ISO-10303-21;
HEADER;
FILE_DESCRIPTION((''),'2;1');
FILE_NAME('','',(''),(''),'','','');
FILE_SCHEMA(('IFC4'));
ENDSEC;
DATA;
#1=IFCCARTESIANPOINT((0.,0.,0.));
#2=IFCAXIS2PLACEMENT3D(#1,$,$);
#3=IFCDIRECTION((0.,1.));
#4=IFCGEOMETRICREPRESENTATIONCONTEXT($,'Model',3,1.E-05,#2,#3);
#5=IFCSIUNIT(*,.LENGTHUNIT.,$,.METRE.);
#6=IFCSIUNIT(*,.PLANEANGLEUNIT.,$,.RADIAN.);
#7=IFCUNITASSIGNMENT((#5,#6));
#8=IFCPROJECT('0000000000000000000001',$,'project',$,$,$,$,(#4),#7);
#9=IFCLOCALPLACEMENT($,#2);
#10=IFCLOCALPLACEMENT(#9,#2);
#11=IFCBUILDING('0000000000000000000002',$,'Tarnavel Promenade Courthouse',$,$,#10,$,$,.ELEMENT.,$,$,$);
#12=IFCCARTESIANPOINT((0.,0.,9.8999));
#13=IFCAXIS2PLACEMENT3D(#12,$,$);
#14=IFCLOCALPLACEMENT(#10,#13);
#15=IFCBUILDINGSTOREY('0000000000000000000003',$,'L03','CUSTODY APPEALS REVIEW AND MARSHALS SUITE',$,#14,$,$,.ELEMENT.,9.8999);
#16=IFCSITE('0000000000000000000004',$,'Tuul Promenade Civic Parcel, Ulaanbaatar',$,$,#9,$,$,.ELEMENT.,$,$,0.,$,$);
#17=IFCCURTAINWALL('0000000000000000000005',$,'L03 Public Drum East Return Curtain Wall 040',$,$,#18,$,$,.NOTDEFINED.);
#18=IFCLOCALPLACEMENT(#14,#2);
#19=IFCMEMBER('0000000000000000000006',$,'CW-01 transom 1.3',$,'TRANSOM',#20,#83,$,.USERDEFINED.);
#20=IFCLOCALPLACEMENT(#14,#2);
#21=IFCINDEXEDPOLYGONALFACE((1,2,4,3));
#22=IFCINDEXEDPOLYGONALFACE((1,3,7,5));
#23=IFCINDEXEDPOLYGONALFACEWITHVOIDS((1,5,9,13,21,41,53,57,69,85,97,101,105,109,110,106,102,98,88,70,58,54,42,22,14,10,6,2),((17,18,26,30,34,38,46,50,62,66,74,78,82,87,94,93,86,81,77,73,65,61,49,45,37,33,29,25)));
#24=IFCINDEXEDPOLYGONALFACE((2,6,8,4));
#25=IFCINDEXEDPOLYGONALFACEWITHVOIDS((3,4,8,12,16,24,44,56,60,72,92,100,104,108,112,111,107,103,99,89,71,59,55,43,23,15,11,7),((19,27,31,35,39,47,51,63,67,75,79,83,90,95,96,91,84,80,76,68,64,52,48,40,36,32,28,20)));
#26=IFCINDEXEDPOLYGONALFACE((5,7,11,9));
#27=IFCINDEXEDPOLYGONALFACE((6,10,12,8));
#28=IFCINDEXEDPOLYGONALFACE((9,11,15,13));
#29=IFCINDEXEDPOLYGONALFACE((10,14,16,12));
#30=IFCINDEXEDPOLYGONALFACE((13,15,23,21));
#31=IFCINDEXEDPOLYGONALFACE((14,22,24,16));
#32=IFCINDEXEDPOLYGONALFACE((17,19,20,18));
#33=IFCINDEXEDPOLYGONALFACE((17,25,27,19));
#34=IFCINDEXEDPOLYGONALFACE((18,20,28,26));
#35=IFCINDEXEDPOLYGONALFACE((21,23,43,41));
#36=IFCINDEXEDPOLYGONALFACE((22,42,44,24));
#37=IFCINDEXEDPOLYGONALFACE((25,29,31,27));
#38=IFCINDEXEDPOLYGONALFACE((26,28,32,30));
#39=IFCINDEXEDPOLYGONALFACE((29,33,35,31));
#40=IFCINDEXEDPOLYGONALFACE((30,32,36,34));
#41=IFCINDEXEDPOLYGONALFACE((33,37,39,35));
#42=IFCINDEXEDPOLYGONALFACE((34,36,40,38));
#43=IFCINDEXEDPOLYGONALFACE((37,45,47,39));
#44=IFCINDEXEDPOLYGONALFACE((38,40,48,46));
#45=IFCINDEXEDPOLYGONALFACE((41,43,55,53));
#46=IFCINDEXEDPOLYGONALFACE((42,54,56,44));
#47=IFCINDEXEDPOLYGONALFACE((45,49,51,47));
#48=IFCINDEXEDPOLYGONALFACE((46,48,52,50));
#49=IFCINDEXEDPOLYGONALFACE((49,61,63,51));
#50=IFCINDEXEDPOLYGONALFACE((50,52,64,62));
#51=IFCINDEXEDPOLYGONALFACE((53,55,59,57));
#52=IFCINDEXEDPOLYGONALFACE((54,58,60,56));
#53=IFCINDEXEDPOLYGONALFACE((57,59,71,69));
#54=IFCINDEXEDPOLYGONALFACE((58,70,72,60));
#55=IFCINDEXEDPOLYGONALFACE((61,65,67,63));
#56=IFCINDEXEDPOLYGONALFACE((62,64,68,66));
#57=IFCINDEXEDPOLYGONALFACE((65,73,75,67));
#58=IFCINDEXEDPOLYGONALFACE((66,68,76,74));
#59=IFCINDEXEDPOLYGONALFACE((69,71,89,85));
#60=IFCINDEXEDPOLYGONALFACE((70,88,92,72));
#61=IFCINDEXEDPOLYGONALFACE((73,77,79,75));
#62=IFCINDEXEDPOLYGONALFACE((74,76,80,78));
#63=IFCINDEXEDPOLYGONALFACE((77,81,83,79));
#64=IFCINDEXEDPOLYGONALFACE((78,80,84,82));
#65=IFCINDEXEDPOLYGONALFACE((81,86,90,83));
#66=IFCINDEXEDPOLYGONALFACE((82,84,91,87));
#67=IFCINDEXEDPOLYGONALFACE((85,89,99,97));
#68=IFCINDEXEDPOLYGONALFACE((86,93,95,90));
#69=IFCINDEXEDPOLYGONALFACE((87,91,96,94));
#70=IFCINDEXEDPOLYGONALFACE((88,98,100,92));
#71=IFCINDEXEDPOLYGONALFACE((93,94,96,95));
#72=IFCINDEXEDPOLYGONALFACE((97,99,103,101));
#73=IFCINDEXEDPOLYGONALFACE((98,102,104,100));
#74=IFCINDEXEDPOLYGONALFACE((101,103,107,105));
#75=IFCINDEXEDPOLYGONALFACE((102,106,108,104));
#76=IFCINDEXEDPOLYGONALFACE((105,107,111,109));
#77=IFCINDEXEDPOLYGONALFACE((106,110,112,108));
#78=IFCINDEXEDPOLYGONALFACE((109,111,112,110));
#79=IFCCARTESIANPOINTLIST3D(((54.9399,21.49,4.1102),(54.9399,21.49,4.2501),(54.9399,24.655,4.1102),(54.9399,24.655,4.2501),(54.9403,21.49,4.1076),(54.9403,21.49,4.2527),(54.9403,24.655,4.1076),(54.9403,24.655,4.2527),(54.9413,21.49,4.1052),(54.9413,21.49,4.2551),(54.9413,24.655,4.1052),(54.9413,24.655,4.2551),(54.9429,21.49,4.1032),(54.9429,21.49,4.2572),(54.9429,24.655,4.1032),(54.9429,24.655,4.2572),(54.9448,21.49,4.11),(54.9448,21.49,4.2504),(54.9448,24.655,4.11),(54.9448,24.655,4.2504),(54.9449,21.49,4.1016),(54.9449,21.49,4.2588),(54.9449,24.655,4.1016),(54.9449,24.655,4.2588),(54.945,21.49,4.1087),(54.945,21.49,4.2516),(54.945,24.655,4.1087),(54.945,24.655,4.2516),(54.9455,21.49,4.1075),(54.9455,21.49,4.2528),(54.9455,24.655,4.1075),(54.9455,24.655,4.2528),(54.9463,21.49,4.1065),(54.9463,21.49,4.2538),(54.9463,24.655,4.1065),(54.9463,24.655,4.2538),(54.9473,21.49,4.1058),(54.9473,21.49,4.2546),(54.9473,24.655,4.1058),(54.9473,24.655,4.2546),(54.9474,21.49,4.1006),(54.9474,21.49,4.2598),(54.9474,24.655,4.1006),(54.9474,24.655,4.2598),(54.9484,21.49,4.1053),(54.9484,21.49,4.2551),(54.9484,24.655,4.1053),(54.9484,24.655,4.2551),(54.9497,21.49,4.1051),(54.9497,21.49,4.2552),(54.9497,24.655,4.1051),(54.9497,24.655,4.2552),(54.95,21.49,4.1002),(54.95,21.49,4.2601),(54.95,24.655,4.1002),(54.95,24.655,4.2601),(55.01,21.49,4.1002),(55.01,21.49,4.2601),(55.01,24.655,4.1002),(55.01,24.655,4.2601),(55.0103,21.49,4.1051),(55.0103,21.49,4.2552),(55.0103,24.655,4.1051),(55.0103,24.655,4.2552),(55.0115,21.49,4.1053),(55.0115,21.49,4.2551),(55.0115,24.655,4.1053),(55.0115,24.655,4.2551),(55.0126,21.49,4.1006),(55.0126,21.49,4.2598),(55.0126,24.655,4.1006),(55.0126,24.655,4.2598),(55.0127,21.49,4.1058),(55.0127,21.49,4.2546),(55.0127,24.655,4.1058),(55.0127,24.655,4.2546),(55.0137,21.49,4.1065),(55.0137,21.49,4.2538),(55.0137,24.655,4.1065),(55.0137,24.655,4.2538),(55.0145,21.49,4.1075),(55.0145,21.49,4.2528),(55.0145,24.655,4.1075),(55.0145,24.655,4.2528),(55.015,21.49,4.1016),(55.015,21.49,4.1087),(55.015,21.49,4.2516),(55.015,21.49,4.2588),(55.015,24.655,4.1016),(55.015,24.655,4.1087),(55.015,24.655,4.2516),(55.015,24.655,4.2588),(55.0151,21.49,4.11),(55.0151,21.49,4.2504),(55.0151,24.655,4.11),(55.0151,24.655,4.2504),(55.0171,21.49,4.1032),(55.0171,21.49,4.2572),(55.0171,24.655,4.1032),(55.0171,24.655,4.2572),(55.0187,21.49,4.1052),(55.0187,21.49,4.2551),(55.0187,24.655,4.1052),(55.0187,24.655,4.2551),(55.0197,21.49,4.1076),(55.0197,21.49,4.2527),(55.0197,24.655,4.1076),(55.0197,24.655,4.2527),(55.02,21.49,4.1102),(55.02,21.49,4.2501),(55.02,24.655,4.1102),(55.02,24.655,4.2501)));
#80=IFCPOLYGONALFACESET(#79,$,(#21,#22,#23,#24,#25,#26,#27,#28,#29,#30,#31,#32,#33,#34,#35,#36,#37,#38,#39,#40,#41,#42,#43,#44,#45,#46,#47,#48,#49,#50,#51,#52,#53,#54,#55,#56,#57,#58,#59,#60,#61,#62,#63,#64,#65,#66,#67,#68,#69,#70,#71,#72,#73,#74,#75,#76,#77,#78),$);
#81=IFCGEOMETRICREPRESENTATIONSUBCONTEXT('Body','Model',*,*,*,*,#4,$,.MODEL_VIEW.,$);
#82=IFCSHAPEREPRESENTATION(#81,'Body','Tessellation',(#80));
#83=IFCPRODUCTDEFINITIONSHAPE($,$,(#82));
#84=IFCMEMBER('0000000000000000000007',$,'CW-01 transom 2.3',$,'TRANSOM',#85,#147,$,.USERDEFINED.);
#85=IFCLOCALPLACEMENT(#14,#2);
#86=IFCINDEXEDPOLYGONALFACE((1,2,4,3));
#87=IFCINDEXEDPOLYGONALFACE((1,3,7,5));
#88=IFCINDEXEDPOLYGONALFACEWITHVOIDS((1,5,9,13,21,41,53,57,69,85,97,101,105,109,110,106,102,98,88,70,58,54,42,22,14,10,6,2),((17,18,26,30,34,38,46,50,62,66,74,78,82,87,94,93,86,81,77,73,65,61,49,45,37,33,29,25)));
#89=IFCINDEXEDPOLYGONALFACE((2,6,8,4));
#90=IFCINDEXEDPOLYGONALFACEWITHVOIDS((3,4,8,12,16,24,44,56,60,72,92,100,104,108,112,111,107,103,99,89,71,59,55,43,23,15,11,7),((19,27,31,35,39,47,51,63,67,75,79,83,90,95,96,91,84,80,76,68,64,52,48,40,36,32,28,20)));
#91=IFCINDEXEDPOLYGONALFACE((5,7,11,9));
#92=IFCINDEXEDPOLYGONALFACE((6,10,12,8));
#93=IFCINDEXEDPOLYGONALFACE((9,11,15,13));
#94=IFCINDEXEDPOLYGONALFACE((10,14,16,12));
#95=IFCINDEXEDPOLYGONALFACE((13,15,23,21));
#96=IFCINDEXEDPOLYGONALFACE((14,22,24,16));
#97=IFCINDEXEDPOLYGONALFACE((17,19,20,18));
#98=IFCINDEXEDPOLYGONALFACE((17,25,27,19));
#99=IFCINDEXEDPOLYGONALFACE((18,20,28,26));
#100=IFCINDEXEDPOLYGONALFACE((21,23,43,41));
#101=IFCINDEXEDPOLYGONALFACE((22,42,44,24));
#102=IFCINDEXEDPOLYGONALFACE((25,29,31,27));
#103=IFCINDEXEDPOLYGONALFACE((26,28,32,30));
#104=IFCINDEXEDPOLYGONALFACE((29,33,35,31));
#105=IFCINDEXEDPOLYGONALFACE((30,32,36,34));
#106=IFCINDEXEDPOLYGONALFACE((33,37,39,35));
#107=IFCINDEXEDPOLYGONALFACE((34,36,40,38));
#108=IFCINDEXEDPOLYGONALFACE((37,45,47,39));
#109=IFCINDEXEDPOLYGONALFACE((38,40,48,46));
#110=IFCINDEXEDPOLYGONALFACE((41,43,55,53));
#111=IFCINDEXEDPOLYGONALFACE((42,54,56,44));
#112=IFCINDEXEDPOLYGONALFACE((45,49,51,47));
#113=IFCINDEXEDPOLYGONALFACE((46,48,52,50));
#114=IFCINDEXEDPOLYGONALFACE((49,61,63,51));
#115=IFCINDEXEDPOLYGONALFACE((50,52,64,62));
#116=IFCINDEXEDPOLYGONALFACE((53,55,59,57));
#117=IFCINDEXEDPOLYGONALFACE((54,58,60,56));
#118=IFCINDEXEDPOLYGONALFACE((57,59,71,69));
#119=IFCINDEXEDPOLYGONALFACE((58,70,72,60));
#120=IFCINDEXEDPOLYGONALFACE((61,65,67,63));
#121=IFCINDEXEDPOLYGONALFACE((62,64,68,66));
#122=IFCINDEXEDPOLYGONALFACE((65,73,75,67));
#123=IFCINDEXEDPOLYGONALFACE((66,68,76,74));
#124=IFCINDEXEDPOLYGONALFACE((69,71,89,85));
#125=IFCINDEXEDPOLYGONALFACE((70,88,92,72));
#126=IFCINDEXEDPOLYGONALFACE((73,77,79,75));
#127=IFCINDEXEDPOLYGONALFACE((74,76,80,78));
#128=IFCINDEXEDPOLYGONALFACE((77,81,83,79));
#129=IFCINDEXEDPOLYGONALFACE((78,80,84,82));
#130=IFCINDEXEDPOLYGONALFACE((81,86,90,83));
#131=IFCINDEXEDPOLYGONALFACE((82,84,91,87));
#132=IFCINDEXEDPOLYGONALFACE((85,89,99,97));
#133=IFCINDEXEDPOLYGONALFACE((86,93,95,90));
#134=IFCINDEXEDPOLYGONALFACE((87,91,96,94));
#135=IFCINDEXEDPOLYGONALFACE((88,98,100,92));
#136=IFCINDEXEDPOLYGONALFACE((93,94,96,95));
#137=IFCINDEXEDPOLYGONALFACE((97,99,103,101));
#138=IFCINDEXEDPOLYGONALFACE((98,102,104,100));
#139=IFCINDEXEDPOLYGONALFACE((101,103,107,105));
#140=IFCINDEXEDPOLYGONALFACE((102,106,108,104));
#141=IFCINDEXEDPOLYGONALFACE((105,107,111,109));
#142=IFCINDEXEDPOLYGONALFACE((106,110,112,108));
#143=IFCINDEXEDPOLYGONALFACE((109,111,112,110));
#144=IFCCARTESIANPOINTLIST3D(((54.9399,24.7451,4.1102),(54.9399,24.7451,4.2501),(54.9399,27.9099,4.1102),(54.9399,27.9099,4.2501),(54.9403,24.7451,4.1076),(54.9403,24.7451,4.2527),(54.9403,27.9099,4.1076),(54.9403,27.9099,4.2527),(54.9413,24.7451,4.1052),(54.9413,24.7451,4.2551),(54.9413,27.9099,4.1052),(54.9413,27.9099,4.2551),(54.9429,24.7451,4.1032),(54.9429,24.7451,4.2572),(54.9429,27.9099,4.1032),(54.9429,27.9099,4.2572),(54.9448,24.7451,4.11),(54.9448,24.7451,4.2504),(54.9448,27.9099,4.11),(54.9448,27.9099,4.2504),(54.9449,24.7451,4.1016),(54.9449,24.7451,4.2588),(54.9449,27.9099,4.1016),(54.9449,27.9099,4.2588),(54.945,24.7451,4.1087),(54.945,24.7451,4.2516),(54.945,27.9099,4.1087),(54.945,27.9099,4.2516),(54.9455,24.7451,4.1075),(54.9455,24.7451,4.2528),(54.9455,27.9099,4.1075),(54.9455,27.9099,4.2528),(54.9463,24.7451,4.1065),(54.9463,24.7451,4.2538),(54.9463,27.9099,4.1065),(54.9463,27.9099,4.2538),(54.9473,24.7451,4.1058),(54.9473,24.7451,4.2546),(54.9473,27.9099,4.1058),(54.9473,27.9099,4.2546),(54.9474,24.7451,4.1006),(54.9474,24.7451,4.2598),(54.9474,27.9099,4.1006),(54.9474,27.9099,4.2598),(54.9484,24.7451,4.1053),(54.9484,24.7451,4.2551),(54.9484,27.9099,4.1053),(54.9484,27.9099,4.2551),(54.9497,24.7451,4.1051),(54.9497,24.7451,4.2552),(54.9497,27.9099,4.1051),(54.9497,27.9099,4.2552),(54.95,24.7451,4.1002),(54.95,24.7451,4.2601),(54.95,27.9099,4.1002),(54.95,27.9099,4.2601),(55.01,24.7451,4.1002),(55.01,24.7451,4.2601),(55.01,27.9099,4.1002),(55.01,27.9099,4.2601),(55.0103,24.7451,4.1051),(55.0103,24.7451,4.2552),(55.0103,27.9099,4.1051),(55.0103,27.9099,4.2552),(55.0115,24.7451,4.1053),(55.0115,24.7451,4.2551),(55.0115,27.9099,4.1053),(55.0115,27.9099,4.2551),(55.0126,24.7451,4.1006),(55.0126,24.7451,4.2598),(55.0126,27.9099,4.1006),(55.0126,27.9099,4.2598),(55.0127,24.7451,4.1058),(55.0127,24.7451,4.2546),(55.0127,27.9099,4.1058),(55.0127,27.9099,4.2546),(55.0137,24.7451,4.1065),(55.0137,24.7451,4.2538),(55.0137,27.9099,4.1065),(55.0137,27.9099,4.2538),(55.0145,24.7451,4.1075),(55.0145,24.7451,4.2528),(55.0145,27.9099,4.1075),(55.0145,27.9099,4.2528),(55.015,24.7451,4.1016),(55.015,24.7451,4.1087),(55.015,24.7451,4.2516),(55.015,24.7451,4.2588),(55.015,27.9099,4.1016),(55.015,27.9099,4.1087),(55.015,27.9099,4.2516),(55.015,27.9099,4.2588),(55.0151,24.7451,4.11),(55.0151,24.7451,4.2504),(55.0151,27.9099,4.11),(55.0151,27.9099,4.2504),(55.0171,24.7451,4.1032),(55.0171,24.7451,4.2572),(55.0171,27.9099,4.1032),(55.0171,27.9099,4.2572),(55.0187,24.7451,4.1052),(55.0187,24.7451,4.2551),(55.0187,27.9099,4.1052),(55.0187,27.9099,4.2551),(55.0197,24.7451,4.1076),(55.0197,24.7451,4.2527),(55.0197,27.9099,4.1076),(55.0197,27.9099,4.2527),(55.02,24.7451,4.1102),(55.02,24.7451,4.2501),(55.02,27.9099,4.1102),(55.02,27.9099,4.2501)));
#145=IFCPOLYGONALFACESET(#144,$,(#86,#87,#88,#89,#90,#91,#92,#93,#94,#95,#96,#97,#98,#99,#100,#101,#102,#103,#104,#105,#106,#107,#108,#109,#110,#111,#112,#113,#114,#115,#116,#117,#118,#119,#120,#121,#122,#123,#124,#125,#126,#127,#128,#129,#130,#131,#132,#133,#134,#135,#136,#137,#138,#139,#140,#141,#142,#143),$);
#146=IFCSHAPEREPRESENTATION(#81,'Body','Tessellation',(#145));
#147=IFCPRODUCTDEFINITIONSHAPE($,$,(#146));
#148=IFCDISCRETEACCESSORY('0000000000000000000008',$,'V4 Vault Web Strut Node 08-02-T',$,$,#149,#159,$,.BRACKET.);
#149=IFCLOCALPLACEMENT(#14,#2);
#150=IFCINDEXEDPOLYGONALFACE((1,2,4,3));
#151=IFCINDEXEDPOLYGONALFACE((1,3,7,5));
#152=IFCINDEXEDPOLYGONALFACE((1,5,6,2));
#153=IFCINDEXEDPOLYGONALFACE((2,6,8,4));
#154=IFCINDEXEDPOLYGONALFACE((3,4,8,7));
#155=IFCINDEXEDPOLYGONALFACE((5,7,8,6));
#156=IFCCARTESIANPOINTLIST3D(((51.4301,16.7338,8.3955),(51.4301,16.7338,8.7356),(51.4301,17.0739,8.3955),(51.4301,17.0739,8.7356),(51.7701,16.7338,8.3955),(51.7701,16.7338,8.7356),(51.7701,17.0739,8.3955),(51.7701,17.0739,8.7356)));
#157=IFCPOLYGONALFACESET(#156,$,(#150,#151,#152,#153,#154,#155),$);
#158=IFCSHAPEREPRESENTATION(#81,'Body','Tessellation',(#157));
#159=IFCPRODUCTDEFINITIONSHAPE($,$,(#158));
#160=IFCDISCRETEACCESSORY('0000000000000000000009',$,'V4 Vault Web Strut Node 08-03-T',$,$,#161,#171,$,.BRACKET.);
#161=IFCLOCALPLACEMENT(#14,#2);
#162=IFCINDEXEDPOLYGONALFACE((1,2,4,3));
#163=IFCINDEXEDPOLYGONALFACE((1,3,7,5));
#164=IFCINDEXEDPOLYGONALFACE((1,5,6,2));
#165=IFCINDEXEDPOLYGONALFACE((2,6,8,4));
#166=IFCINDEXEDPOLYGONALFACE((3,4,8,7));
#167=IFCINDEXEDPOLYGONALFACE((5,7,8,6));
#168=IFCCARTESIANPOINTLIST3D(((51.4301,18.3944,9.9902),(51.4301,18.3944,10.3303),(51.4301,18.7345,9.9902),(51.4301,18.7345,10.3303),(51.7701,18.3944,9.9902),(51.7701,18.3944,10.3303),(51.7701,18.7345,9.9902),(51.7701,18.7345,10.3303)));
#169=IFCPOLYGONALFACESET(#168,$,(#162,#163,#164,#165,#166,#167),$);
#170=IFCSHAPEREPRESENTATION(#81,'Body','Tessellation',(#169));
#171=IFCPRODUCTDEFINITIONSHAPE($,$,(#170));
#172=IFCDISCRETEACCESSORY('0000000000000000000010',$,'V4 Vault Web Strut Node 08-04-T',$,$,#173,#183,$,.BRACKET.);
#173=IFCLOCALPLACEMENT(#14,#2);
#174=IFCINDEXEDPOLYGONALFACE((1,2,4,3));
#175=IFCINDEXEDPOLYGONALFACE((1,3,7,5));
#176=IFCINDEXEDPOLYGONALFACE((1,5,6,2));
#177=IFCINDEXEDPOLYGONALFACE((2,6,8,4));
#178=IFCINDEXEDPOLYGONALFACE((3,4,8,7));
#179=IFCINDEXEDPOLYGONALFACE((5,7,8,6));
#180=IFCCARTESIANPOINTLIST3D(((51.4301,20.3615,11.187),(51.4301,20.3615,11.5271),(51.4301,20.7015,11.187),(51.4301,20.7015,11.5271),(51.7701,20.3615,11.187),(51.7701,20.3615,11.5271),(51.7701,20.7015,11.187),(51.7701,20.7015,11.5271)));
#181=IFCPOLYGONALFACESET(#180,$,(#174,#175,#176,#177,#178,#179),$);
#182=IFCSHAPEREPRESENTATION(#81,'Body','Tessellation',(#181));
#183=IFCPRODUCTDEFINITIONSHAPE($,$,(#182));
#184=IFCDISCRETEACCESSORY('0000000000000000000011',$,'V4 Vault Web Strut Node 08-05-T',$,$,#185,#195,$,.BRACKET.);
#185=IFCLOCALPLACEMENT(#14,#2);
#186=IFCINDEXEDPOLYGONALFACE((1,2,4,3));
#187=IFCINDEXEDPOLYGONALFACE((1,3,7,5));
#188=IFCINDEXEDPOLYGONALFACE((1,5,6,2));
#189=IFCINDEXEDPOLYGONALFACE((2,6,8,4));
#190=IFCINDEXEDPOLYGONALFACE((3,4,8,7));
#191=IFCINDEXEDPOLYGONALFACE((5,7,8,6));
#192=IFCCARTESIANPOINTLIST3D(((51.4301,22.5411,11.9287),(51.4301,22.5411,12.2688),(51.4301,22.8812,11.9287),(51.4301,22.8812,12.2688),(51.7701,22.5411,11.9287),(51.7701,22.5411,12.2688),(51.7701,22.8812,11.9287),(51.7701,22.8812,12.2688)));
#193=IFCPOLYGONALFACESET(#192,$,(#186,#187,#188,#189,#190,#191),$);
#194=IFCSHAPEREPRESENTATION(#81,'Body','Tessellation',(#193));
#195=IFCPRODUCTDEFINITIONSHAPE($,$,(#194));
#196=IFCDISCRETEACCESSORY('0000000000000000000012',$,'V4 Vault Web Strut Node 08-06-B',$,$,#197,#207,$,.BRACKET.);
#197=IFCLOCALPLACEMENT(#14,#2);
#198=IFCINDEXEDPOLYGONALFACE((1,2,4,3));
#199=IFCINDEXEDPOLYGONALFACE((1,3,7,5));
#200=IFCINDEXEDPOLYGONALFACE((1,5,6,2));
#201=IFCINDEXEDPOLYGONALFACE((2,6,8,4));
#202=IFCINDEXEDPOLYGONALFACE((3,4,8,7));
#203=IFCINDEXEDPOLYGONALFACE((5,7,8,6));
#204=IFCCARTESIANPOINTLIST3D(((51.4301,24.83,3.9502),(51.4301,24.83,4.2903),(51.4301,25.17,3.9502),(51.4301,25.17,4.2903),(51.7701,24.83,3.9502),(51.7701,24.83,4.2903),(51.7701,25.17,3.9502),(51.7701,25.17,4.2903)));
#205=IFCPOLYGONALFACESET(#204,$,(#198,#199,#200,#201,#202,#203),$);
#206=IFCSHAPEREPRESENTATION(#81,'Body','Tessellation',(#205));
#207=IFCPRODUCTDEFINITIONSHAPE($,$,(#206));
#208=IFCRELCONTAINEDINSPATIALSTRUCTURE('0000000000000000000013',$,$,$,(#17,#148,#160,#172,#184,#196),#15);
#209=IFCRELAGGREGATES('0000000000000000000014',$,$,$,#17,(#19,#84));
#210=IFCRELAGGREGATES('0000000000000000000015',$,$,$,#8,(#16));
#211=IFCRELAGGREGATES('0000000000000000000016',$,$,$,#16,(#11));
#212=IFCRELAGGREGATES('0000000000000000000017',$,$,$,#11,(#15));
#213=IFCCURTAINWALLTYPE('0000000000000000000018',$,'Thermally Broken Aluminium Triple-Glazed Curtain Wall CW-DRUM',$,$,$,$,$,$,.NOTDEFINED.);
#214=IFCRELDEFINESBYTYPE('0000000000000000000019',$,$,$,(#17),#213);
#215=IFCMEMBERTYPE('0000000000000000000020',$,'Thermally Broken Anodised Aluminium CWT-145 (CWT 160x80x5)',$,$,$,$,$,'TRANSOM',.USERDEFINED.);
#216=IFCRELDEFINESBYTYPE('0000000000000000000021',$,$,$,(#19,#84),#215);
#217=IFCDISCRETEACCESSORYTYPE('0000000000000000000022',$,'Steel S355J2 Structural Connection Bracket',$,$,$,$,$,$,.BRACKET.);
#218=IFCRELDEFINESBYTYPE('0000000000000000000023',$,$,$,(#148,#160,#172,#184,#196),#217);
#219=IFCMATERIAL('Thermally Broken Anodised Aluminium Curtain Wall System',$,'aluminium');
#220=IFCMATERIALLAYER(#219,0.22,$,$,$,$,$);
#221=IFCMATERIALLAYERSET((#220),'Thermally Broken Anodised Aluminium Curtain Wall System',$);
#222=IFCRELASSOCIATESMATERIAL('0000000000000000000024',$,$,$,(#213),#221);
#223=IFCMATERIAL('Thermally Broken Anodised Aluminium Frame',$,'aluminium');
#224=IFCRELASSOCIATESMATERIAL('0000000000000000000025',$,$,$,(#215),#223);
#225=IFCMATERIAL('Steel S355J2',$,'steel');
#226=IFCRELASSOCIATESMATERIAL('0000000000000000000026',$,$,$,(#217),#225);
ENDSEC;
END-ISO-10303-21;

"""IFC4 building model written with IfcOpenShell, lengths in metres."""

from ifc_helpers import new_model, si_unit, direction, frame, origin, origin_2d, place, context, subcontext, project, spatial, rectangle, hollow_rectangle, extrude, material, layer, layer_set, material_profile, profile_set, type_object, element, aggregate, save


model = new_model("IFC4")

# Units and contexts
model_context = context("Model", 3, precision=1e-05, world=origin(), true_north=direction((0.0, 1.0)))
body_context = subcontext(model_context, "Body", "Model", "MODEL_VIEW")
ifc_project = project(units=[si_unit("LENGTHUNIT", "METRE"), si_unit("PLANEANGLEUNIT", "RADIAN")], contexts=[model_context])

# Site, building, storey
site_placement = place(None, origin())
site = spatial("IfcSite", under=ifc_project, at=site_placement, Name="Tuul Promenade Civic Parcel, Ulaanbaatar", CompositionType="ELEMENT", RefElevation=0.0)
building_placement = place(site_placement, origin())
building = spatial("IfcBuilding", under=site, at=building_placement, Name="Tarnavel Promenade Courthouse", CompositionType="ELEMENT")
storey_placement = place(building_placement, frame((0.0, 0.0, 9.8999)))
storey = spatial("IfcBuildingStorey", under=building, at=storey_placement, Name="L03", Description="CUSTODY APPEALS REVIEW AND MARSHALS SUITE", CompositionType="ELEMENT", Elevation=9.8999)

# Shared definitions
ifc_material_1 = material(Name="Steel S355J2", Category="steel")

# Shared definitions
ifc_material_2 = material(Name="Thermally Broken Anodised Aluminium Curtain Wall System", Category="aluminium")
ifc_layer = layer(ifc_material_2, 0.22)
ifc_layer_set = layer_set([ifc_layer], Name="Thermally Broken Anodised Aluminium Curtain Wall System")
curtain_wall_type = type_object("IfcCurtainWallType", Name="Thermally Broken Aluminium Triple-Glazed Curtain Wall CW-DRUM", PredefinedType="NOTDEFINED", material=ifc_layer_set)
ifc_material_3 = material(Name="Thermally Broken Anodised Aluminium Frame", Category="aluminium")
ifc_material_profile_1 = material_profile(ifc_material_3, hollow_rectangle(XDim=0.0801, YDim=0.1599, WallThickness=0.0049, InnerFilletRadius=0.0049, OuterFilletRadius=0.01, at=origin_2d()), Name="CWT 160x80x5")
ifc_profile_set_1 = profile_set([ifc_material_profile_1], Name="Thermally Broken Anodised Aluminium Frame")
member_type_1 = type_object("IfcMemberType", Name="Thermally Broken Anodised Aluminium CWT-145 (CWT 160x80x5)", ElementType="TRANSOM", PredefinedType="USERDEFINED", material=ifc_profile_set_1)

# Curtain wall, members
curtain_wall_1_placement = place(storey_placement, origin())
curtain_wall_1 = element("IfcCurtainWall", 1, at=curtain_wall_1_placement, inside=storey, type_object=curtain_wall_type, Name="L03 Public Drum East Return Curtain Wall 040", PredefinedType="NOTDEFINED")
member_1_placement = place(storey_placement, frame((54.98, 21.49, 4.1802), z_axis=(0.0, 1.0, 0.0), x_axis=(-1.0, 0.0, 0.0)))
member_1 = element("IfcMember", 2, at=member_1_placement, type_object=member_type_1, Name="CW-01 transom 1.3", ObjectType="TRANSOM", PredefinedType="USERDEFINED", context=body_context, shape_type="SweptSolid", body=[
    extrude(hollow_rectangle(XDim=0.0801, YDim=0.1599, WallThickness=0.0049, InnerFilletRadius=0.0049, OuterFilletRadius=0.01, at=origin_2d()), origin(), (0.0, 0.0, 1.0), 3.165),
])
member_2_placement = place(storey_placement, frame((54.98, 24.7451, 4.1802), z_axis=(0.0, 1.0, 0.0), x_axis=(-1.0, 0.0, 0.0)))
member_2 = element("IfcMember", 3, at=member_2_placement, type_object=member_type_1, Name="CW-01 transom 2.3", ObjectType="TRANSOM", PredefinedType="USERDEFINED", context=body_context, shape_type="SweptSolid", body=[
    extrude(hollow_rectangle(XDim=0.0801, YDim=0.1599, WallThickness=0.0049, InnerFilletRadius=0.0049, OuterFilletRadius=0.01, at=origin_2d()), origin(), (0.0, 0.0, 1.0), 3.1648),
])
aggregate(curtain_wall_1, [member_1, member_2])

# Discrete accessories
discrete_accessory_type = type_object("IfcDiscreteAccessoryType", Name="Steel S355J2 Structural Connection Bracket", PredefinedType="BRACKET", material=ifc_material_1)
for number, where, z_axis, x_axis, name in (
    (4, (51.6001, 16.9038, 8.3955), (0.0, 0.0, 1.0), (1.0, 0.0, 0.0), "V4 Vault Web Strut Node 08-02-T"),
    (5, (51.6001, 18.5645, 9.9902), (0.0, 0.0, 1.0), (1.0, 0.0, 0.0), "V4 Vault Web Strut Node 08-03-T"),
    (6, (51.6001, 20.5315, 11.187), (0.0, 0.0, 1.0), (1.0, 0.0, 0.0), "V4 Vault Web Strut Node 08-04-T"),
    (7, (51.6001, 22.7112, 11.9287), (0.0, 0.0, 1.0), (1.0, 0.0, 0.0), "V4 Vault Web Strut Node 08-05-T"),
    (8, (51.6001, 25.0, 3.9502), (0.0, 0.0, 1.0), (1.0, 0.0, 0.0), "V4 Vault Web Strut Node 08-06-B"),
):
    element("IfcDiscreteAccessory", number, at=place(storey_placement, frame(where, z_axis=z_axis, x_axis=x_axis)), inside=storey, type_object=discrete_accessory_type, Name=name, PredefinedType="BRACKET", context=body_context, shape_type="SweptSolid", body=[
        extrude(rectangle(XDim=0.3401, YDim=0.3401, at=origin_2d()), origin(), (0.0, 0.0, 1.0), 0.3401),
    ])

save(model, "model.ifc")
